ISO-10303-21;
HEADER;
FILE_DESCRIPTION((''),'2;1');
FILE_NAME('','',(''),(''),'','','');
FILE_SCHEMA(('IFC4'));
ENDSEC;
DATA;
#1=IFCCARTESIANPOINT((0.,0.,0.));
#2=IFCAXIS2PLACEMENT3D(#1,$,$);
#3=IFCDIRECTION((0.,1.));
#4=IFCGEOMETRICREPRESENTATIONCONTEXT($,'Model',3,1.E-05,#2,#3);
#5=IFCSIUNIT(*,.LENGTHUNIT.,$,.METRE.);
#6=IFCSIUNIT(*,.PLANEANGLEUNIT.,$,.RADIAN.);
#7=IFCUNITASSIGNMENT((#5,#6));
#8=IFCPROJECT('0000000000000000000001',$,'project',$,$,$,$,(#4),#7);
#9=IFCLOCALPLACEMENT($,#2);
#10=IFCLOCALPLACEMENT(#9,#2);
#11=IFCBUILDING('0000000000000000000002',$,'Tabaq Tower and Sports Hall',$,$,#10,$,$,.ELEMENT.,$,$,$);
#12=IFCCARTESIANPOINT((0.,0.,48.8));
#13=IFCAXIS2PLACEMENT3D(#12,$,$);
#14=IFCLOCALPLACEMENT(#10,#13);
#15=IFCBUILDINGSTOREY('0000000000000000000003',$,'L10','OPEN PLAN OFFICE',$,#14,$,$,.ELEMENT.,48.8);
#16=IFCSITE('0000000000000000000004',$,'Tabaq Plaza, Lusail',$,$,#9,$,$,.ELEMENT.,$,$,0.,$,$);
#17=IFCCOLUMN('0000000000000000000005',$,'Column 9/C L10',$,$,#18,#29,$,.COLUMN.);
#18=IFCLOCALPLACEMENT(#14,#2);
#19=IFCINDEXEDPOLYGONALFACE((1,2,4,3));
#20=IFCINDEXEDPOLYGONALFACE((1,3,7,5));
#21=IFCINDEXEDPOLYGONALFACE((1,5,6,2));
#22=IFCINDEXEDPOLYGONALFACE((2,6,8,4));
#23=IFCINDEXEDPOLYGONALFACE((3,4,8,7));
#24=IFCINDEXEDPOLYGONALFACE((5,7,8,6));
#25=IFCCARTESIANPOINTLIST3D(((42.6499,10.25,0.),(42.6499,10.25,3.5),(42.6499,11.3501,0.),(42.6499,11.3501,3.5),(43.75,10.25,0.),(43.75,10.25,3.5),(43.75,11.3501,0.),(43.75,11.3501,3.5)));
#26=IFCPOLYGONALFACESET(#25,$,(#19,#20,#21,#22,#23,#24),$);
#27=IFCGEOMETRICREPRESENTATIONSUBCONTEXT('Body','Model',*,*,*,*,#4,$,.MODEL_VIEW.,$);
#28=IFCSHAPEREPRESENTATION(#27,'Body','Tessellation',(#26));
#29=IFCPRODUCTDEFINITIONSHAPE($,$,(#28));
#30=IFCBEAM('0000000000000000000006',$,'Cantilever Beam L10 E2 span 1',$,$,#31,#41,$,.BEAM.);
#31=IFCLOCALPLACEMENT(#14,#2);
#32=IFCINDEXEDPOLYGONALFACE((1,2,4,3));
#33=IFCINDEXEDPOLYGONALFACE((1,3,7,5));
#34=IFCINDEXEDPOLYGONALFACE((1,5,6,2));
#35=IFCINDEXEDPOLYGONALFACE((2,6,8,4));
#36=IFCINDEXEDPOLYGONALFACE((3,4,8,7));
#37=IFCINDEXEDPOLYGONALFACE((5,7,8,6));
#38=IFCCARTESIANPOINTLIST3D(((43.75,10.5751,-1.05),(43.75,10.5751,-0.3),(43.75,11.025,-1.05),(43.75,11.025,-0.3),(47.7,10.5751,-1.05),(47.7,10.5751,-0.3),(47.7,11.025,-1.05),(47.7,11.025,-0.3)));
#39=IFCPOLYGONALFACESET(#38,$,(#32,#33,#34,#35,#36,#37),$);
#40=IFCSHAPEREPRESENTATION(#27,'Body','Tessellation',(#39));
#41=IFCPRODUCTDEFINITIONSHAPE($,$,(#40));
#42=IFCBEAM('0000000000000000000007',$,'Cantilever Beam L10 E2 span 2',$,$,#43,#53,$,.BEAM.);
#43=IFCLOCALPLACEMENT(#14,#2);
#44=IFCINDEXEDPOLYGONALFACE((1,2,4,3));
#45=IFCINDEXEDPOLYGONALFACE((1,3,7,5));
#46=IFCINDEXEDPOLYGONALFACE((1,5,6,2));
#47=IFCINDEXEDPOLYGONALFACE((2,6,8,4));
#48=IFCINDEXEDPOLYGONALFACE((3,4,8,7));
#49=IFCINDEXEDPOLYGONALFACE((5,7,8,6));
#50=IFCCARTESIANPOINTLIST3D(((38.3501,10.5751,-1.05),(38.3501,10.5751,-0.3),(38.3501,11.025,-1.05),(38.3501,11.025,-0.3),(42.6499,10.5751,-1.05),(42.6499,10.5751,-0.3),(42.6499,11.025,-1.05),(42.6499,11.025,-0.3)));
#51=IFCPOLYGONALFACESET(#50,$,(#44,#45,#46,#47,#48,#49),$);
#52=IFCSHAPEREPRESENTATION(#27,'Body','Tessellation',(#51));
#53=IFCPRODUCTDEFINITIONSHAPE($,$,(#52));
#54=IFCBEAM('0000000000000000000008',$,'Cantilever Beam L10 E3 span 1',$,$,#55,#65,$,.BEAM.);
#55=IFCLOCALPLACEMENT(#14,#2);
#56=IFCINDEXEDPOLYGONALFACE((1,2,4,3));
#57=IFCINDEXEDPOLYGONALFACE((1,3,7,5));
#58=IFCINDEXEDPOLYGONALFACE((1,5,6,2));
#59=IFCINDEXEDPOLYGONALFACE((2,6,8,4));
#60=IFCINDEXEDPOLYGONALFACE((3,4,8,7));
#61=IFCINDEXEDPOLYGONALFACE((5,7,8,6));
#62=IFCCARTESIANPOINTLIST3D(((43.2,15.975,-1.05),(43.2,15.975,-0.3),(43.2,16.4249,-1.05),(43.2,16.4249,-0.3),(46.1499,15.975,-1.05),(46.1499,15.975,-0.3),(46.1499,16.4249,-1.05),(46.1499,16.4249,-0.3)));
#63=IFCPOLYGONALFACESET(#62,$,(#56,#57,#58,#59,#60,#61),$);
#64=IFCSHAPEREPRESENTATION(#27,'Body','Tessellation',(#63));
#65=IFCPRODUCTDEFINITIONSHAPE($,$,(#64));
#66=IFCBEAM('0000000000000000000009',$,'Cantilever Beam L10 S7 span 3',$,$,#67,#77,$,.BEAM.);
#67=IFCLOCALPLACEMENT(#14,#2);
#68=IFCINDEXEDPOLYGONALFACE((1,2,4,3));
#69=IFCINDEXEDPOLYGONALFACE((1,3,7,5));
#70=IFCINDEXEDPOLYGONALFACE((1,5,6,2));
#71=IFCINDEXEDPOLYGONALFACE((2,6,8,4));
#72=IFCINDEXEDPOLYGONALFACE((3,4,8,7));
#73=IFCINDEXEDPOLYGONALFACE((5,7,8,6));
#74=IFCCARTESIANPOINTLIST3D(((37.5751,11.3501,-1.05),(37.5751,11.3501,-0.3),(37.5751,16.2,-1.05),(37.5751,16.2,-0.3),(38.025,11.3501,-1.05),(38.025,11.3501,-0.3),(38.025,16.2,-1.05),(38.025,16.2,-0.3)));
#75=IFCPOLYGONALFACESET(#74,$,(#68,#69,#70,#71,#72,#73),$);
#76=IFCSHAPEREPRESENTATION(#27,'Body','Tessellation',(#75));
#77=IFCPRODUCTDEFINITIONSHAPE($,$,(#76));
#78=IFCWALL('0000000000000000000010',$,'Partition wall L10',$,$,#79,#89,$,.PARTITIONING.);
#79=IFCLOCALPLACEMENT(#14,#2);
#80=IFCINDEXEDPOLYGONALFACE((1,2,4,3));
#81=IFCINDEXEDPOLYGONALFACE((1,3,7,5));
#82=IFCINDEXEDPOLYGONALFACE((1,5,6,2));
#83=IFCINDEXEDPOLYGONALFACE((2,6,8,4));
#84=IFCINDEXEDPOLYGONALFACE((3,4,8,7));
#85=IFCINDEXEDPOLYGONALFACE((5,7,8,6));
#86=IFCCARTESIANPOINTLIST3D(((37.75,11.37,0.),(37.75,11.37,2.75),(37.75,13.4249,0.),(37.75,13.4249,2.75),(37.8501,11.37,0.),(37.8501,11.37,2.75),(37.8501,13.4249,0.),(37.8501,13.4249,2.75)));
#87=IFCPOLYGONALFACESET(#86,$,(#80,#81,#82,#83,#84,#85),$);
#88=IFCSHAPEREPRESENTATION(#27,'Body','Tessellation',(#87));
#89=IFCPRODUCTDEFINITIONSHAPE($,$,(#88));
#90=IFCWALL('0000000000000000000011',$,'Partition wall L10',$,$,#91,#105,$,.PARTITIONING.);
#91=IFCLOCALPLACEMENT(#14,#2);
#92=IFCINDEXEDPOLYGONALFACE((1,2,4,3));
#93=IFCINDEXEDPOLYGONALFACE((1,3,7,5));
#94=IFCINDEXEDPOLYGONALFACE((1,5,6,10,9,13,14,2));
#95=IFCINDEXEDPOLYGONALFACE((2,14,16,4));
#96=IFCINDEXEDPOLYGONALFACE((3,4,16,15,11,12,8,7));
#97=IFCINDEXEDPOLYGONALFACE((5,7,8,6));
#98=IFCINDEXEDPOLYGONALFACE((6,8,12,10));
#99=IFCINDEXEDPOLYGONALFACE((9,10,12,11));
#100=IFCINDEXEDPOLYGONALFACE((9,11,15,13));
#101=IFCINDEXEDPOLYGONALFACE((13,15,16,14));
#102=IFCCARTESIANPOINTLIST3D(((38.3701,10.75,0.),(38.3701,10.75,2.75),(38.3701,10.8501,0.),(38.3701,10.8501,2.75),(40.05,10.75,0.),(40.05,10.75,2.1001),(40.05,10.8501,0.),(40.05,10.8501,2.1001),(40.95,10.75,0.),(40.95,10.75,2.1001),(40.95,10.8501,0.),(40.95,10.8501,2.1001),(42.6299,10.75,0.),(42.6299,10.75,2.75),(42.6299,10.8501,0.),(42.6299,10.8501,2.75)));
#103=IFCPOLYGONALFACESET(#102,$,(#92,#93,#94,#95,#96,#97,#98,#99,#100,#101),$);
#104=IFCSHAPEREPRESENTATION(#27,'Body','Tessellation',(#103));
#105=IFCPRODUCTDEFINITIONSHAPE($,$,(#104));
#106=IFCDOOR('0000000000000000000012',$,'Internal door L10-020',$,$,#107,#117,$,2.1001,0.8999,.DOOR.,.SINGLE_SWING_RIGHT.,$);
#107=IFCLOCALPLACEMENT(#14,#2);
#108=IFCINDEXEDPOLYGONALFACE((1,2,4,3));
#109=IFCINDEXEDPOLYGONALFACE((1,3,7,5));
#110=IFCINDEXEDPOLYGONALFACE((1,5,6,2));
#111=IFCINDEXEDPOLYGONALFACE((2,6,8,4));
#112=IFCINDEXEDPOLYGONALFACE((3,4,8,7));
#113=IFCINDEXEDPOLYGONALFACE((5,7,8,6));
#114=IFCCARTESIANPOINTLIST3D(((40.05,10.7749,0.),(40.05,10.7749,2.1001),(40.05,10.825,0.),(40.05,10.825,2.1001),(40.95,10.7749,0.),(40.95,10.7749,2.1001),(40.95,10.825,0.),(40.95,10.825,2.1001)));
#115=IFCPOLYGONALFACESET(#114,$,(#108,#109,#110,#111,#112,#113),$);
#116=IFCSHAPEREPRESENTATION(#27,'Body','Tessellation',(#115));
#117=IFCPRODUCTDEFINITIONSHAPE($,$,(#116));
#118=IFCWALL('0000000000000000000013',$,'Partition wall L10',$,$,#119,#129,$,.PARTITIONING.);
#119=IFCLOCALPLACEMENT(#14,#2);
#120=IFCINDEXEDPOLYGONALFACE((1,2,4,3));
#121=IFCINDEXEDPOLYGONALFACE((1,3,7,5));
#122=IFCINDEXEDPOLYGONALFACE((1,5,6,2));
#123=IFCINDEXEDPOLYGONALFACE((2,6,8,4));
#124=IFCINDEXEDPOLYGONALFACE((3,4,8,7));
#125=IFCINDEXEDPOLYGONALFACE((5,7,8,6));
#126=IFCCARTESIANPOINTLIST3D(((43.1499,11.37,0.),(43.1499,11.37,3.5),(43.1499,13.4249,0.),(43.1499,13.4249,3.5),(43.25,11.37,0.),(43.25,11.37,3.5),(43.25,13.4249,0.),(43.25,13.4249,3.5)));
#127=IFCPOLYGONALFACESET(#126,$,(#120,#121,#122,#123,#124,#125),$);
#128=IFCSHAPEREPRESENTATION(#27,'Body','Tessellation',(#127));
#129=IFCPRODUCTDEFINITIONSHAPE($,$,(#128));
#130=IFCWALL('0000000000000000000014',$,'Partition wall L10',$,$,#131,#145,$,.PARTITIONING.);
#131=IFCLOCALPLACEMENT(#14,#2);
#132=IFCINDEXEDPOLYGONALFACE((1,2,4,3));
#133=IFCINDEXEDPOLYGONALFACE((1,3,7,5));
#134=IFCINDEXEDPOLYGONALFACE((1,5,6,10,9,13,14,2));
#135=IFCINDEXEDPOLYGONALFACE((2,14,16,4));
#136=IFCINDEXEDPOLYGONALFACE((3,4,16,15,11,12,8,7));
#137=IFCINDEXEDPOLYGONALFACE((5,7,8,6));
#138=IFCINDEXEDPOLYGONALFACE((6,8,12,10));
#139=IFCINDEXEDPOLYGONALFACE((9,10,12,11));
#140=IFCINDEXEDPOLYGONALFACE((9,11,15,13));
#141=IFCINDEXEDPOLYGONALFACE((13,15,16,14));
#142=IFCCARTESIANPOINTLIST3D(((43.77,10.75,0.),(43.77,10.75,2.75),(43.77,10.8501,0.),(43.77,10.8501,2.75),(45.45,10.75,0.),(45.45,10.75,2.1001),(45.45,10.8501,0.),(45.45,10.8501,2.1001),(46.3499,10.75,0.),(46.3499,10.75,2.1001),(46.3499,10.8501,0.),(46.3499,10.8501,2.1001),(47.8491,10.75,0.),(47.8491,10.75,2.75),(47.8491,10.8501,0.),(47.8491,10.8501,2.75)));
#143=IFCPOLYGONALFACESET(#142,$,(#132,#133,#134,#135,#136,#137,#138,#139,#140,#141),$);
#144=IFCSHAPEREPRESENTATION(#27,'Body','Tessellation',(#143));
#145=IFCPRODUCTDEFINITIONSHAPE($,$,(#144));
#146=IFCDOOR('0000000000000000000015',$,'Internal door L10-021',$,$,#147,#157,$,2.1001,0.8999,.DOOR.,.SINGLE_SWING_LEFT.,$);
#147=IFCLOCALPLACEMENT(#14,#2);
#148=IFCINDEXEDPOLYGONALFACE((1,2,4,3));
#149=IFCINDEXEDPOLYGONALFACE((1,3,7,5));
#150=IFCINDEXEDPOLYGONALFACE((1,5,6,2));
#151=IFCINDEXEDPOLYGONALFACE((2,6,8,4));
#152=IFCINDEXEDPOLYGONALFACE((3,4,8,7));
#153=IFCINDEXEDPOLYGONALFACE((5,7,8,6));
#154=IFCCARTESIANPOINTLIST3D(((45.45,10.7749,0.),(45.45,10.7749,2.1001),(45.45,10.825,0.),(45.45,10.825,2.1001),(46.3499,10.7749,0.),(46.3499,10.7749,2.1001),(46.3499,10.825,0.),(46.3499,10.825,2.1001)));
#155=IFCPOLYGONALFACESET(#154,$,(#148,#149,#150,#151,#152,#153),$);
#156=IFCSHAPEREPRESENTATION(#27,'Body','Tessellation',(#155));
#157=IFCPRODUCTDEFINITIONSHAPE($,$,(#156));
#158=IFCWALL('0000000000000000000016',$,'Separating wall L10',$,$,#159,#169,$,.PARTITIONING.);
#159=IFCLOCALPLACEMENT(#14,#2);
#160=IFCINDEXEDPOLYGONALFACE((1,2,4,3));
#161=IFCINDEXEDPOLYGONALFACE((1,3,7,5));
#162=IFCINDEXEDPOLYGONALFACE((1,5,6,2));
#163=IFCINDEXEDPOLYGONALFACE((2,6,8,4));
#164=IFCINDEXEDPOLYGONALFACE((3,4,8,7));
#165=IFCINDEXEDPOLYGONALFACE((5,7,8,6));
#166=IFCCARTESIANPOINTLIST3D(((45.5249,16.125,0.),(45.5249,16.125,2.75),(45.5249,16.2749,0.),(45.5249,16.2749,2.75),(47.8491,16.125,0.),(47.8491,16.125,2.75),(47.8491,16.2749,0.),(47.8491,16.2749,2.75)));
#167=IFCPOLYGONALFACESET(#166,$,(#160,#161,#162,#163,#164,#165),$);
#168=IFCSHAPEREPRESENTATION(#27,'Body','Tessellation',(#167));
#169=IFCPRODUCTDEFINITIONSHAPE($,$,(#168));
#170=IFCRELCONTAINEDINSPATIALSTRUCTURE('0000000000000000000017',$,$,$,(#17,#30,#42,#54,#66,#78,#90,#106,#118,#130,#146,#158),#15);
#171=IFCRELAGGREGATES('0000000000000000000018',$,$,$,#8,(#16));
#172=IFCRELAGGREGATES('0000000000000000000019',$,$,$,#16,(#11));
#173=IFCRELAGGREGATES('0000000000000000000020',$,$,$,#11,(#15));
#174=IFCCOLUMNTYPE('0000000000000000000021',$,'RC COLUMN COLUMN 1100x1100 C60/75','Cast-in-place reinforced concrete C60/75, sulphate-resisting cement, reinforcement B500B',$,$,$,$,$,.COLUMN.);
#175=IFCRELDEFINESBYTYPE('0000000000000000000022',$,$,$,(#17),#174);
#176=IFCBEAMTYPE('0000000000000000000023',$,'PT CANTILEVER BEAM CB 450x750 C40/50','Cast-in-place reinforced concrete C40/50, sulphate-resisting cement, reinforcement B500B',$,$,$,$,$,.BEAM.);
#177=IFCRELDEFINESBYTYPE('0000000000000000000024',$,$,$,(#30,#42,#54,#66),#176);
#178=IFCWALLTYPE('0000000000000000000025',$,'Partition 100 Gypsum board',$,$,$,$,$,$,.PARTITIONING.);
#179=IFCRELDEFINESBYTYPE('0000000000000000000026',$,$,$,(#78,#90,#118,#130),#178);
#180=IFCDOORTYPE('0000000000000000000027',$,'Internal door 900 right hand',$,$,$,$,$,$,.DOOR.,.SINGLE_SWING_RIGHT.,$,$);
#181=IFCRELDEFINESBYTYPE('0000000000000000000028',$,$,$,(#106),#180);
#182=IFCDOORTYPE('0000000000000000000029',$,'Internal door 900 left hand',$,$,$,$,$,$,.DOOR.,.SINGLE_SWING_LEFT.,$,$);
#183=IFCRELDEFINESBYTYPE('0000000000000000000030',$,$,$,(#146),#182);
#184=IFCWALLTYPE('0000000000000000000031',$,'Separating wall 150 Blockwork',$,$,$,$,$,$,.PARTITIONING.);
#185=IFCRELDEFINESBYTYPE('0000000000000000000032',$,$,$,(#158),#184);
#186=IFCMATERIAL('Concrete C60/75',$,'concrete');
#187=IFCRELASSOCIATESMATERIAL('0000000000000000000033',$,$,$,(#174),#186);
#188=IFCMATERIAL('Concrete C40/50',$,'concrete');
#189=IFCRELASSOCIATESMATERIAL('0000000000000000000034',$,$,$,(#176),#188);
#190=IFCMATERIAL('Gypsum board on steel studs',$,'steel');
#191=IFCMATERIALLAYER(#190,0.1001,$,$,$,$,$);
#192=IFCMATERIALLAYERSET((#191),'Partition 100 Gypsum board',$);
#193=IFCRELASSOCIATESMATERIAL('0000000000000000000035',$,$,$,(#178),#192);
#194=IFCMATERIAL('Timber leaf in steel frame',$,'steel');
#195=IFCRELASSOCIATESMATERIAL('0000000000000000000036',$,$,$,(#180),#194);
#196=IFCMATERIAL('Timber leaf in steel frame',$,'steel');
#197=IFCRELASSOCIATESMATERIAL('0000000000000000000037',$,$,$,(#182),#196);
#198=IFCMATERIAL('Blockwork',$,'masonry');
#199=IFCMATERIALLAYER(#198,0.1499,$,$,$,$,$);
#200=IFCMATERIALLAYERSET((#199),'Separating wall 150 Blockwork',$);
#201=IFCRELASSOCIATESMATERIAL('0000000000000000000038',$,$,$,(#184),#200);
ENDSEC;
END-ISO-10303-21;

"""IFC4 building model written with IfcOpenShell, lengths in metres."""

from ifc_helpers import new_model, si_unit, direction, frame, frame_2d, origin, origin_2d, place, context, subcontext, project, spatial, rectangle, extrude, material, layer, layer_set, material_profile, profile_set, type_object, element, fill, save


model = new_model("IFC4")

# Units and contexts
model_context = context("Model", 3, precision=1e-05, world=origin(), true_north=direction((0.0, 1.0)))
body_context = subcontext(model_context, "Body", "Model", "MODEL_VIEW")
ifc_project = project(units=[si_unit("LENGTHUNIT", "METRE"), si_unit("PLANEANGLEUNIT", "RADIAN")], contexts=[model_context])

# Site, building, storey
site_placement = place(None, origin())
site = spatial("IfcSite", under=ifc_project, at=site_placement, Name="Tabaq Plaza, Lusail", CompositionType="ELEMENT", RefElevation=0.0)
building_placement = place(site_placement, origin())
building = spatial("IfcBuilding", under=site, at=building_placement, Name="Tabaq Tower and Sports Hall", CompositionType="ELEMENT")
storey_placement = place(building_placement, frame((0.0, 0.0, 48.8)))
storey = spatial("IfcBuildingStorey", under=building, at=storey_placement, Name="L10", Description="OPEN PLAN OFFICE", CompositionType="ELEMENT", Elevation=48.8)

# Column
ifc_material_1 = material(Name="Concrete C60/75", Category="concrete")
ifc_material_profile_1 = material_profile(ifc_material_1, rectangle(XDim=1.1001, YDim=1.1001, at=origin_2d()), Name="COLUMN 1100x1100")
ifc_profile_set_1 = profile_set([ifc_material_profile_1], Name="Concrete C60/75")
column_type = type_object("IfcColumnType", Name="RC COLUMN COLUMN 1100x1100 C60/75", Description="Cast-in-place reinforced concrete C60/75, sulphate-resisting cement, reinforcement B500B", PredefinedType="COLUMN", material=ifc_profile_set_1)
column_placement = place(storey_placement, frame((43.2, 10.8, 0.0), z_axis=(0.0, 0.0, 1.0), x_axis=(1.0, 0.0, 0.0)))
element("IfcColumn", 1, at=column_placement, inside=storey, type_object=column_type, Name="Column 9/C L10", PredefinedType="COLUMN", context=body_context, shape_type="SweptSolid", body=[
    extrude(rectangle(XDim=1.1001, YDim=1.1001, at=origin_2d()), origin(), (0.0, 0.0, 1.0), 3.5),
])

# Beams
ifc_material_2 = material(Name="Concrete C40/50", Category="concrete")
ifc_material_profile_2 = material_profile(ifc_material_2, rectangle(XDim=0.45, YDim=0.75, at=origin_2d()), Name="CB 450x750")
ifc_profile_set_2 = profile_set([ifc_material_profile_2], Name="Concrete C40/50")
beam_type = type_object("IfcBeamType", Name="PT CANTILEVER BEAM CB 450x750 C40/50", Description="Cast-in-place reinforced concrete C40/50, sulphate-resisting cement, reinforcement B500B", PredefinedType="BEAM", material=ifc_profile_set_2)
beam_1_placement = place(storey_placement, frame((47.7, 10.8, -0.675), z_axis=(-1.0, 0.0, 0.0), x_axis=(0.0, -1.0, 0.0)))
element("IfcBeam", 2, at=beam_1_placement, inside=storey, type_object=beam_type, Name="Cantilever Beam L10 E2 span 1", PredefinedType="BEAM", context=body_context, shape_type="SweptSolid", body=[
    extrude(rectangle(XDim=0.45, YDim=0.75, at=origin_2d()), origin(), (0.0, 0.0, 1.0), 3.95),
])
beam_2_placement = place(storey_placement, frame((42.6499, 10.8, -0.675), z_axis=(-1.0, 0.0, 0.0), x_axis=(0.0, -1.0, 0.0)))
element("IfcBeam", 3, at=beam_2_placement, inside=storey, type_object=beam_type, Name="Cantilever Beam L10 E2 span 2", PredefinedType="BEAM", context=body_context, shape_type="SweptSolid", body=[
    extrude(rectangle(XDim=0.45, YDim=0.75, at=origin_2d()), origin(), (0.0, 0.0, 1.0), 4.2998),
])
beam_3_placement = place(storey_placement, frame((46.1499, 16.2, -0.675), z_axis=(-1.0, 0.0, 0.0), x_axis=(0.0, -1.0, 0.0)))
element("IfcBeam", 4, at=beam_3_placement, inside=storey, type_object=beam_type, Name="Cantilever Beam L10 E3 span 1", PredefinedType="BEAM", context=body_context, shape_type="SweptSolid", body=[
    extrude(rectangle(XDim=0.45, YDim=0.75, at=origin_2d()), origin(), (0.0, 0.0, 1.0), 2.95),
])
beam_4_placement = place(storey_placement, frame((37.8, 11.3501, -0.675), z_axis=(0.0, 1.0, 0.0), x_axis=(-1.0, 0.0, 0.0)))
element("IfcBeam", 5, at=beam_4_placement, inside=storey, type_object=beam_type, Name="Cantilever Beam L10 S7 span 3", PredefinedType="BEAM", context=body_context, shape_type="SweptSolid", body=[
    extrude(rectangle(XDim=0.45, YDim=0.75, at=origin_2d()), origin(), (0.0, 0.0, 1.0), 4.8499),
])

# Wall
ifc_material_3 = material(Name="Gypsum board on steel studs", Category="steel")
ifc_layer_1 = layer(ifc_material_3, 0.1001)
ifc_layer_set_1 = layer_set([ifc_layer_1], Name="Partition 100 Gypsum board")
wall_type_1 = type_object("IfcWallType", Name="Partition 100 Gypsum board", PredefinedType="PARTITIONING", material=ifc_layer_set_1)
wall_1_placement = place(storey_placement, frame((37.8, 11.3701, 0.0), z_axis=(0.0, 0.0, 1.0), x_axis=(0.0, 1.0, 0.0)))
element("IfcWall", 6, at=wall_1_placement, inside=storey, type_object=wall_type_1, Name="Partition wall L10", PredefinedType="PARTITIONING", context=body_context, shape_type="SweptSolid", body=[
    extrude(rectangle(XDim=2.0549, YDim=0.1001, at=frame_2d((1.0273, 0.0))), origin(), (0.0, 0.0, 1.0), 2.75),
])

# Wall, opening, door
wall_2_placement = place(storey_placement, frame((38.3701, 10.8, 0.0), z_axis=(0.0, 0.0, 1.0), x_axis=(1.0, 0.0, 0.0)))
wall_2 = element("IfcWall", 7, at=wall_2_placement, inside=storey, type_object=wall_type_1, Name="Partition wall L10", PredefinedType="PARTITIONING", context=body_context, shape_type="SweptSolid", body=[
    extrude(rectangle(XDim=4.2598, YDim=0.1001, at=frame_2d((2.1299, 0.0))), origin(), (0.0, 0.0, 1.0), 2.75),
])
opening_1_placement = place(wall_2_placement, frame((1.6799, 0.0, 0.0)))
opening_1 = element("IfcOpeningElement", 8, at=opening_1_placement, cuts=wall_2, PredefinedType="OPENING", context=body_context, shape_type="SweptSolid", body=[
    extrude(rectangle(XDim=0.8999, YDim=2.1001, at=frame_2d((0.45, 1.05))), frame((0.0, 0.05, 0.0), z_axis=(0.0, -1.0, 0.0), x_axis=(1.0, 0.0, 0.0)), (0.0, 0.0, 1.0), 0.1001),
])
ifc_material_4 = material(Name="Timber leaf in steel frame", Category="steel")
door_type_1 = type_object("IfcDoorType", Name="Internal door 900 right hand", OperationType="SINGLE_SWING_RIGHT", PredefinedType="DOOR", material=ifc_material_4)
door_1_placement = place(opening_1_placement, origin())
door_1 = element("IfcDoor", 9, at=door_1_placement, inside=storey, type_object=door_type_1, Name="Internal door L10-020", OperationType="SINGLE_SWING_RIGHT", OverallHeight=2.1001, OverallWidth=0.8999, PredefinedType="DOOR", context=body_context, shape_type="SweptSolid", body=[
    extrude(rectangle(XDim=0.8999, YDim=2.1001, at=frame_2d((0.45, 1.05))), frame((0.0, 0.0249, 0.0), z_axis=(0.0, -1.0, 0.0), x_axis=(1.0, 0.0, 0.0)), (0.0, 0.0, 1.0), 0.05),
])
fill(opening_1, door_1)

# Wall
wall_3_placement = place(storey_placement, frame((43.2, 11.3701, 0.0), z_axis=(0.0, 0.0, 1.0), x_axis=(0.0, 1.0, 0.0)))
element("IfcWall", 10, at=wall_3_placement, inside=storey, type_object=wall_type_1, Name="Partition wall L10", PredefinedType="PARTITIONING", context=body_context, shape_type="SweptSolid", body=[
    extrude(rectangle(XDim=2.0549, YDim=0.1001, at=frame_2d((1.0273, 0.0))), origin(), (0.0, 0.0, 1.0), 3.5),
])

# Wall, opening, door
wall_4_placement = place(storey_placement, frame((43.77, 10.8, 0.0), z_axis=(0.0, 0.0, 1.0), x_axis=(1.0, 0.0, 0.0)))
wall_4 = element("IfcWall", 11, at=wall_4_placement, inside=storey, type_object=wall_type_1, Name="Partition wall L10", PredefinedType="PARTITIONING", context=body_context, shape_type="SweptSolid", body=[
    extrude(rectangle(XDim=4.0791, YDim=0.1001, at=frame_2d((2.0396, 0.0))), origin(), (0.0, 0.0, 1.0), 2.75),
])
opening_2_placement = place(wall_4_placement, frame((1.6799, 0.0, 0.0)))
opening_2 = element("IfcOpeningElement", 12, at=opening_2_placement, cuts=wall_4, PredefinedType="OPENING", context=body_context, shape_type="SweptSolid", body=[
    extrude(rectangle(XDim=0.8999, YDim=2.1001, at=frame_2d((0.45, 1.05))), frame((0.0, 0.05, 0.0), z_axis=(0.0, -1.0, 0.0), x_axis=(1.0, 0.0, 0.0)), (0.0, 0.0, 1.0), 0.1001),
])
ifc_material_5 = material(Name="Timber leaf in steel frame", Category="steel")
door_type_2 = type_object("IfcDoorType", Name="Internal door 900 left hand", OperationType="SINGLE_SWING_LEFT", PredefinedType="DOOR", material=ifc_material_5)
door_2_placement = place(opening_2_placement, origin())
door_2 = element("IfcDoor", 13, at=door_2_placement, inside=storey, type_object=door_type_2, Name="Internal door L10-021", OperationType="SINGLE_SWING_LEFT", OverallHeight=2.1001, OverallWidth=0.8999, PredefinedType="DOOR", context=body_context, shape_type="SweptSolid", body=[
    extrude(rectangle(XDim=0.8999, YDim=2.1001, at=frame_2d((0.45, 1.05))), frame((0.0, 0.0249, 0.0), z_axis=(0.0, -1.0, 0.0), x_axis=(1.0, 0.0, 0.0)), (0.0, 0.0, 1.0), 0.05),
])
fill(opening_2, door_2)

# Wall
ifc_material_6 = material(Name="Blockwork", Category="masonry")
ifc_layer_2 = layer(ifc_material_6, 0.1499)
ifc_layer_set_2 = layer_set([ifc_layer_2], Name="Separating wall 150 Blockwork")
wall_type_2 = type_object("IfcWallType", Name="Separating wall 150 Blockwork", PredefinedType="PARTITIONING", material=ifc_layer_set_2)
wall_5_placement = place(storey_placement, frame((47.8491, 16.2, 0.0), z_axis=(0.0, 0.0, 1.0), x_axis=(-1.0, 0.0, 0.0)))
element("IfcWall", 14, at=wall_5_placement, inside=storey, type_object=wall_type_2, Name="Separating wall L10", PredefinedType="PARTITIONING", context=body_context, shape_type="SweptSolid", body=[
    extrude(rectangle(XDim=2.3242, YDim=0.1499, at=frame_2d((1.1621, 0.0))), origin(), (0.0, 0.0, 1.0), 2.75),
])

save(model, "model.ifc")
